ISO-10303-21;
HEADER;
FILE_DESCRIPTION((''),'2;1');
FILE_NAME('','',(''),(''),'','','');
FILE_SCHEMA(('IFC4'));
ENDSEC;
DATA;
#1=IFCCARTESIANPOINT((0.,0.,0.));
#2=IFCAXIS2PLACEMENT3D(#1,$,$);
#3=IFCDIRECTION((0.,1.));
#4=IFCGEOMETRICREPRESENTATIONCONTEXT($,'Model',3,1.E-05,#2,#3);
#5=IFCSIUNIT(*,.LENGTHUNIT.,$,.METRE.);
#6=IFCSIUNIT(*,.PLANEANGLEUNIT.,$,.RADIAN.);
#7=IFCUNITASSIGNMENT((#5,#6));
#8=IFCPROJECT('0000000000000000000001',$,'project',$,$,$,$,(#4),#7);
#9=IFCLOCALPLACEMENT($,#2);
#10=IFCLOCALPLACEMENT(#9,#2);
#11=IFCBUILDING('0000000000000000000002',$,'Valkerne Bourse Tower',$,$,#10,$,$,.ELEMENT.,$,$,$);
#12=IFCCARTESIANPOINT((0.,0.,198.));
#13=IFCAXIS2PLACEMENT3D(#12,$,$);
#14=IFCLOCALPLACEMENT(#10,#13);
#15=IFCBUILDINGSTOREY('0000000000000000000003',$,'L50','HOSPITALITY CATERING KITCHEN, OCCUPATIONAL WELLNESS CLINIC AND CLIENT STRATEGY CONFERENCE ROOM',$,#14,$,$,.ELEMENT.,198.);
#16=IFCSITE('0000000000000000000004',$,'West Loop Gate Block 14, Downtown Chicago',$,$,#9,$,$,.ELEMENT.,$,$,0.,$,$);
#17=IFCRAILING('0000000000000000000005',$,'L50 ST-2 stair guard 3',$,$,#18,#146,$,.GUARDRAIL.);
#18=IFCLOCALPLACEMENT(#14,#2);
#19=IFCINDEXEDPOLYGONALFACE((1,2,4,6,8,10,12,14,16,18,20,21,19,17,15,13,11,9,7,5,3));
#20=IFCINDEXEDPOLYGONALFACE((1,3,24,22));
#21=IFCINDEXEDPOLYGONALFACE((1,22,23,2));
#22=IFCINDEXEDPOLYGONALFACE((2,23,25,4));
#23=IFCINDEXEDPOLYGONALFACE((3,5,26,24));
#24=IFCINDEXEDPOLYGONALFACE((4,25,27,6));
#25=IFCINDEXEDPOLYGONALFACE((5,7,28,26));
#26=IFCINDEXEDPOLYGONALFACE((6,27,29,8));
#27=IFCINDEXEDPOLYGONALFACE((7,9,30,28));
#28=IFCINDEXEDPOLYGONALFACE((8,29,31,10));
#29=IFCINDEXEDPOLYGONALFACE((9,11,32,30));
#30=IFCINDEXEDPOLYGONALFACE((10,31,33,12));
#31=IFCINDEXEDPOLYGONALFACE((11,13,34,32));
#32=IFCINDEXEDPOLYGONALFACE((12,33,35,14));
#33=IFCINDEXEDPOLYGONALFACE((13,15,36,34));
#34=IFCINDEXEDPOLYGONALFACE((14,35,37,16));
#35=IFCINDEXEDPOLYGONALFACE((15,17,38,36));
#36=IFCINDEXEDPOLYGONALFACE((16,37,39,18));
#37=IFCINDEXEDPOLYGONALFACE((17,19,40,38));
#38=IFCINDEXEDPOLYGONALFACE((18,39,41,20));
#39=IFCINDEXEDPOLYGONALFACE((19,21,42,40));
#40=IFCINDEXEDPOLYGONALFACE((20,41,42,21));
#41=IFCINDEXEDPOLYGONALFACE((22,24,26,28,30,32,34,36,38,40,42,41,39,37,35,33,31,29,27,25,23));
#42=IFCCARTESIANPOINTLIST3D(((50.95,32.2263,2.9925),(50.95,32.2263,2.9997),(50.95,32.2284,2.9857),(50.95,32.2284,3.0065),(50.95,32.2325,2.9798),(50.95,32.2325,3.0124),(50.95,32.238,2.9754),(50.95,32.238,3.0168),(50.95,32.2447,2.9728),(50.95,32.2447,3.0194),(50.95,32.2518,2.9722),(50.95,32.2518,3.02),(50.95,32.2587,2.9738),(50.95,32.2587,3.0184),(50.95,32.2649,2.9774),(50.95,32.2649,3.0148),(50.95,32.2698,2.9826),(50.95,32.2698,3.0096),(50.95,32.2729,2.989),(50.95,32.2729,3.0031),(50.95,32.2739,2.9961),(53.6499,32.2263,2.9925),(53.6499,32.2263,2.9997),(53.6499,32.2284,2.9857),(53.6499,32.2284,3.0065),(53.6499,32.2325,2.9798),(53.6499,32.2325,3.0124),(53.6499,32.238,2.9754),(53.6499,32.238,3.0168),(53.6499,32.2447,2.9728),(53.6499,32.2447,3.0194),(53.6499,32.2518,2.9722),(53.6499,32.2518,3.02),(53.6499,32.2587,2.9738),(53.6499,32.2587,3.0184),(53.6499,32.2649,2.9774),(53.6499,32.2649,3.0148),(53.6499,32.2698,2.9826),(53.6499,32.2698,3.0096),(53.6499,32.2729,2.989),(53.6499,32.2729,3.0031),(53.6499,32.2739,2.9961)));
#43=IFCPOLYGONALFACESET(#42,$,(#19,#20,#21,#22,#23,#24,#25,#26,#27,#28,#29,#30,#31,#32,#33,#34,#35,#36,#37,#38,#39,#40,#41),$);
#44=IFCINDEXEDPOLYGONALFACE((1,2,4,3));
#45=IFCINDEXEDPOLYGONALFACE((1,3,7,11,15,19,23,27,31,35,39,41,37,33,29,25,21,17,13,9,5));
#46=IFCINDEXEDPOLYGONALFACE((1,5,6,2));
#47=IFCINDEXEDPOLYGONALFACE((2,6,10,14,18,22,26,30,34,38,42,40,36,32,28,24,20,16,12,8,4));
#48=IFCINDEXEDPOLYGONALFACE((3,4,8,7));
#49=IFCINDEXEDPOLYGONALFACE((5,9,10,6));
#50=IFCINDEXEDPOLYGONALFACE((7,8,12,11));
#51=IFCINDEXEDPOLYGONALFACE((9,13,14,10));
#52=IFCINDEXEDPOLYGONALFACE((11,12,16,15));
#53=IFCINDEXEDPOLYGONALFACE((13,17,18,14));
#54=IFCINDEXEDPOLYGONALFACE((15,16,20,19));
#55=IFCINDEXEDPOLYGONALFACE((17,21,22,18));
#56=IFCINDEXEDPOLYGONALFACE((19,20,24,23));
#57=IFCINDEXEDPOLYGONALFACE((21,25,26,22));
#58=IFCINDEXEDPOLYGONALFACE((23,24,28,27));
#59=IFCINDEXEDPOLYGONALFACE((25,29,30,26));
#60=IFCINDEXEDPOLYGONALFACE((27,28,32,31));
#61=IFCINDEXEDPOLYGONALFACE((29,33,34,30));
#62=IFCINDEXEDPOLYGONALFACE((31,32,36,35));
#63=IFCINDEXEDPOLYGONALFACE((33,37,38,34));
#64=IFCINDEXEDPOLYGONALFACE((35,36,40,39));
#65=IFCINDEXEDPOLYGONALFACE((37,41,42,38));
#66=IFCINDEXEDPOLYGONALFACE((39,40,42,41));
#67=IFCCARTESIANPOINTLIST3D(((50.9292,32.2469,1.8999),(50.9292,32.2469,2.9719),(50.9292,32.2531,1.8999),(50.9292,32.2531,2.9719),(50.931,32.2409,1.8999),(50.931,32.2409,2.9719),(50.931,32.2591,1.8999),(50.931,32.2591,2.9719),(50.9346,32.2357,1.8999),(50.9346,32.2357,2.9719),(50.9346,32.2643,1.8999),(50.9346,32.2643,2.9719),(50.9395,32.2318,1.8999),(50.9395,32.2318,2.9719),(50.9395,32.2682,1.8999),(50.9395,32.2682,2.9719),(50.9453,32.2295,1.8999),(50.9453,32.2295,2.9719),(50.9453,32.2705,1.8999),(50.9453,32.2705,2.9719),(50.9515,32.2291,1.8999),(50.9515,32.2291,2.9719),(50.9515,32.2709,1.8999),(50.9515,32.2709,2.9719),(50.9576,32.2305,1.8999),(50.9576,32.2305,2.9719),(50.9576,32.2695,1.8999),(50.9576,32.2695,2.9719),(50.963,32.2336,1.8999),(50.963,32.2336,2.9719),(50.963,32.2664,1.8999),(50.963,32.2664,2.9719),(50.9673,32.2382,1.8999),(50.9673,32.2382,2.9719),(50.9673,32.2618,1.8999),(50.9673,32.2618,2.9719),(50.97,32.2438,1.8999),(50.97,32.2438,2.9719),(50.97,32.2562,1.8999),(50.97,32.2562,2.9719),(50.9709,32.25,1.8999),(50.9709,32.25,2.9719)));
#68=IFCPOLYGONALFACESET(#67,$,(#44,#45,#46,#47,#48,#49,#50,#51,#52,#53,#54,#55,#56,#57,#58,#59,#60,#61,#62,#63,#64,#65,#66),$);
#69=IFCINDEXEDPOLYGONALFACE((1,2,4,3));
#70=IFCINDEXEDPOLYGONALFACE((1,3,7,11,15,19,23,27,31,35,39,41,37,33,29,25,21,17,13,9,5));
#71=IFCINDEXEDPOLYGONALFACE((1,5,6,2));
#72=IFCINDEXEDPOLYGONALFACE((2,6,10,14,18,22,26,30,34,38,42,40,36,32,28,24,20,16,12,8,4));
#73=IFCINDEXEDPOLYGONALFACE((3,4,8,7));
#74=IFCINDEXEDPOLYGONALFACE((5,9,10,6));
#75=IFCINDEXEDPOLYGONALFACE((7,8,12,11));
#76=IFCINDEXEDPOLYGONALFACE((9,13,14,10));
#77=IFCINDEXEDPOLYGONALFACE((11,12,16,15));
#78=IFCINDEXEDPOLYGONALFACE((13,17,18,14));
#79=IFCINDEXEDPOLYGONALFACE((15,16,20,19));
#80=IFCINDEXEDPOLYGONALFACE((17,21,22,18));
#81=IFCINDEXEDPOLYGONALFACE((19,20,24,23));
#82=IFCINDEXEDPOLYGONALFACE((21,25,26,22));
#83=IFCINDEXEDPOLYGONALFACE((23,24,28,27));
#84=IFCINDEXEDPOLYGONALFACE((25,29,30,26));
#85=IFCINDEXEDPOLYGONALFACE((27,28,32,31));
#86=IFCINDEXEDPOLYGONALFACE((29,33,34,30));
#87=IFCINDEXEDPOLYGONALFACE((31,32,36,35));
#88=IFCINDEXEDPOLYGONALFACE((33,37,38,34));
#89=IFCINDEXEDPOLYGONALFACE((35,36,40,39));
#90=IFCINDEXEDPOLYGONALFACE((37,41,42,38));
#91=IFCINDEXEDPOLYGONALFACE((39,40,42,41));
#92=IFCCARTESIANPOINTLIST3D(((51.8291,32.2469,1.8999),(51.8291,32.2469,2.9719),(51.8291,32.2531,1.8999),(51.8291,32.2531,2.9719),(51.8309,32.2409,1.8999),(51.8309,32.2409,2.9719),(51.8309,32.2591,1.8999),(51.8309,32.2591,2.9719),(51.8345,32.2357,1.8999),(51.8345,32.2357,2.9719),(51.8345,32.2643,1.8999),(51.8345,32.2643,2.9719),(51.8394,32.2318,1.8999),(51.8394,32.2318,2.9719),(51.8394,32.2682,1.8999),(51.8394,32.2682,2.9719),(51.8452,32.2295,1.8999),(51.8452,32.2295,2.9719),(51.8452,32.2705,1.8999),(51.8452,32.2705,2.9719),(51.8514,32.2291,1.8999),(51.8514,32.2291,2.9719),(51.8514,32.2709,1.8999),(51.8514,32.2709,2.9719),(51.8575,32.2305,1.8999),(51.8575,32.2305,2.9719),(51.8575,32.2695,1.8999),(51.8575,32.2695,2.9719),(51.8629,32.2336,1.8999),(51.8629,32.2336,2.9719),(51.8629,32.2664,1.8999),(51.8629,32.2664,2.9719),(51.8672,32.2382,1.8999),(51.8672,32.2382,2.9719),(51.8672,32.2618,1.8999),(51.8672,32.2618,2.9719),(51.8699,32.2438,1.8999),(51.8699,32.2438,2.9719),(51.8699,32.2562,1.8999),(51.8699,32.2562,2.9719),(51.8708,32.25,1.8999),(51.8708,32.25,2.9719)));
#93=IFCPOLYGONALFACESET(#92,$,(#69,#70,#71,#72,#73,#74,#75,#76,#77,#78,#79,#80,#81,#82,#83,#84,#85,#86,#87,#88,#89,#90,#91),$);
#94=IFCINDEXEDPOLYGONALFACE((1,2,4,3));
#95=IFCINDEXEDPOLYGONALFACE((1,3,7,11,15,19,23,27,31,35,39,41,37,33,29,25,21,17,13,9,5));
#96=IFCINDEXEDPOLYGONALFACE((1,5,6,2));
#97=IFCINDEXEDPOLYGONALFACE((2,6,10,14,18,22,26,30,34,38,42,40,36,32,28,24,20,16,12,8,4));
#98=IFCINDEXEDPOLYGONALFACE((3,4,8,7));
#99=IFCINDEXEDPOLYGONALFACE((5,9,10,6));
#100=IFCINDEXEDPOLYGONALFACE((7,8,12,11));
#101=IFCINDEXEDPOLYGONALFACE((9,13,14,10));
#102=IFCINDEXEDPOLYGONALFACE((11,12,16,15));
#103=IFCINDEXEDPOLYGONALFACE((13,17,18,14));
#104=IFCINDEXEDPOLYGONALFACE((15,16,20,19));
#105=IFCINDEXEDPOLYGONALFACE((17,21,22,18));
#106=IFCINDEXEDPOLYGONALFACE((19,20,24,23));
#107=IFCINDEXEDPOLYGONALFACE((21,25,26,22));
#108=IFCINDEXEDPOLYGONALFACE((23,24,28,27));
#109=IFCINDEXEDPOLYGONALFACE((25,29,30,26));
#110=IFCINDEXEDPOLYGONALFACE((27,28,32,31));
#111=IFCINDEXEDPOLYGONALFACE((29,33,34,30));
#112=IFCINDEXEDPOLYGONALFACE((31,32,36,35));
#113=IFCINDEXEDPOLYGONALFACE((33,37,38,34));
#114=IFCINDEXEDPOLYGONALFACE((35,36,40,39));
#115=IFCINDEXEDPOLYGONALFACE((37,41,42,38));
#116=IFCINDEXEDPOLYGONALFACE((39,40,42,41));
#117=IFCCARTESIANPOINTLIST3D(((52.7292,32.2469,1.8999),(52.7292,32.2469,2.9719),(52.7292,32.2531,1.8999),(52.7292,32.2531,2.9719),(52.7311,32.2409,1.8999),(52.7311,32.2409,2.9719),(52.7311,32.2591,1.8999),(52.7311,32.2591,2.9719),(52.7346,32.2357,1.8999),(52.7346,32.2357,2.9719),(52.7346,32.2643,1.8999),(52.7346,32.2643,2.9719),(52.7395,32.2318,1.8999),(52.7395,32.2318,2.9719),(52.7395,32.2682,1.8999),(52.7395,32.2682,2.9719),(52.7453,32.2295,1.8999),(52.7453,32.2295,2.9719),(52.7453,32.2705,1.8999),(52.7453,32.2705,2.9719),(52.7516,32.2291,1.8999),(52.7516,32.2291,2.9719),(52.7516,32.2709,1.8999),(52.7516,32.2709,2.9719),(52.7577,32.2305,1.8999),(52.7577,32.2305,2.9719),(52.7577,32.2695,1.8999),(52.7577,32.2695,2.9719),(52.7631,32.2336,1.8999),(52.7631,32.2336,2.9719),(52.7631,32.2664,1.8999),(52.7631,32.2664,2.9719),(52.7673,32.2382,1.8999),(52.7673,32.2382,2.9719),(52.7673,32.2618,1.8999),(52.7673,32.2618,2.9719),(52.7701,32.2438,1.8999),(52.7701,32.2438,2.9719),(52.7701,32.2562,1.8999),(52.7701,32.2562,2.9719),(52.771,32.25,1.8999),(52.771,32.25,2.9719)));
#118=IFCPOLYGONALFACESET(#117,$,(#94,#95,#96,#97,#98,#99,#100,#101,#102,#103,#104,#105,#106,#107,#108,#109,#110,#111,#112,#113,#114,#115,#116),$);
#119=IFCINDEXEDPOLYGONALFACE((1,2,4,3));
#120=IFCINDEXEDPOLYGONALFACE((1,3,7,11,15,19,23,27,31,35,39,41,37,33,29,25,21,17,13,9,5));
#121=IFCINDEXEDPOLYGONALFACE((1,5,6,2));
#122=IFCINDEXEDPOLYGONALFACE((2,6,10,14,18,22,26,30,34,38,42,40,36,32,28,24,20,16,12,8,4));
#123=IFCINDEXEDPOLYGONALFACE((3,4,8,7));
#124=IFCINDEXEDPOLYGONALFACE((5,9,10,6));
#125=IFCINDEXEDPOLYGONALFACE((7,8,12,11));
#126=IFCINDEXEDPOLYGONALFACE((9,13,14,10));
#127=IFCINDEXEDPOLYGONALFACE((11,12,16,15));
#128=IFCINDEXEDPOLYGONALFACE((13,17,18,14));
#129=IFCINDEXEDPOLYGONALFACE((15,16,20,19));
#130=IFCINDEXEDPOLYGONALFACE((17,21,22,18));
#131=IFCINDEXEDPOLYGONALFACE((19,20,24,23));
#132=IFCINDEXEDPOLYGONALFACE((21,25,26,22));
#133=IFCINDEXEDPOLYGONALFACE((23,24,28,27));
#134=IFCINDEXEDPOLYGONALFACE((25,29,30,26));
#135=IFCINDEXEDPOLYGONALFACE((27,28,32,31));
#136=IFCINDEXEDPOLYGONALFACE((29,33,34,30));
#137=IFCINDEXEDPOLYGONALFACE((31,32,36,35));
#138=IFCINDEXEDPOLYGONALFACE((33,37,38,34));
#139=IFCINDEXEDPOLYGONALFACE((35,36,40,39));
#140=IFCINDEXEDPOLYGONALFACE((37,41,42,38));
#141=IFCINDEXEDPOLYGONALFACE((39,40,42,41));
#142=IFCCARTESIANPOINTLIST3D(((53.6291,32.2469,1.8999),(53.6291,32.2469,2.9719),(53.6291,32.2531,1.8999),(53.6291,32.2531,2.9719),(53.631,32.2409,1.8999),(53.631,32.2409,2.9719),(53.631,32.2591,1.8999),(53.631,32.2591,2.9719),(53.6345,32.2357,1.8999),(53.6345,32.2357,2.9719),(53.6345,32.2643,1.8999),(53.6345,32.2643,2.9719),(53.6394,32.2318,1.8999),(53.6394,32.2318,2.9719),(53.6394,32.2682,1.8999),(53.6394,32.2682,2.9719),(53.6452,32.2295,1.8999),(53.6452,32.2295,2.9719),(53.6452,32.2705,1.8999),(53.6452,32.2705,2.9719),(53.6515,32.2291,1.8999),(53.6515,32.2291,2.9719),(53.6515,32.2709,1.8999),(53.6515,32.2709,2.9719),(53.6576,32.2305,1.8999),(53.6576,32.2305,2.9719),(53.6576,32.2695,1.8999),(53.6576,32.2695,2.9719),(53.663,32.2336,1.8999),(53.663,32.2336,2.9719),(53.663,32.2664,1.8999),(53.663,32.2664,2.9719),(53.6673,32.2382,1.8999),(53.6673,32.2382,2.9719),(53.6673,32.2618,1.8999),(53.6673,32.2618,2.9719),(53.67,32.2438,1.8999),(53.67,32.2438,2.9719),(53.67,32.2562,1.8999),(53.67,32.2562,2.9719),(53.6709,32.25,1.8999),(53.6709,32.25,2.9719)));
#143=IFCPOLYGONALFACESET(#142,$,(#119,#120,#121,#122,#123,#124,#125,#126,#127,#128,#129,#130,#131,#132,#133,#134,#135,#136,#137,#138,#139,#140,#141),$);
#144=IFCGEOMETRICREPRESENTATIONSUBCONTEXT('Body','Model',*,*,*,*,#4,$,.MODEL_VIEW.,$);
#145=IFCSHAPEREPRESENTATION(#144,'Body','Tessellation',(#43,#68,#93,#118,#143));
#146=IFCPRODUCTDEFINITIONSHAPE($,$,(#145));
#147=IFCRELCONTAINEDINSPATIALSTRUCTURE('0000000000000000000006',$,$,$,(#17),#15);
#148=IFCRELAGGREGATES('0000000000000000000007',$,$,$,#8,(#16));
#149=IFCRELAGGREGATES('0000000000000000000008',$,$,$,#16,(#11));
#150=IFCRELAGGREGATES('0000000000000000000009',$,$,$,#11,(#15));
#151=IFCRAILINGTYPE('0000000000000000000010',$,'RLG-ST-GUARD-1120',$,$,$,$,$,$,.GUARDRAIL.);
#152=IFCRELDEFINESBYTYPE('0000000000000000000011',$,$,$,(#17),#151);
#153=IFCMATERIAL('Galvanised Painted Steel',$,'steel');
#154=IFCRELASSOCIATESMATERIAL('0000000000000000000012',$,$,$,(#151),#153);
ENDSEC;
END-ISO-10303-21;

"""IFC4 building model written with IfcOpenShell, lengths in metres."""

from ifc_helpers import new_model, si_unit, direction, frame, origin, origin_2d, place, context, subcontext, project, spatial, circle, extrude, material, type_object, element, save


model = new_model("IFC4")

# Units and contexts
model_context = context("Model", 3, precision=1e-05, world=origin(), true_north=direction((0.0, 1.0)))
body_context = subcontext(model_context, "Body", "Model", "MODEL_VIEW")
ifc_project = project(units=[si_unit("LENGTHUNIT", "METRE"), si_unit("PLANEANGLEUNIT", "RADIAN")], contexts=[model_context])

# Site, building, storey
site_placement = place(None, origin())
site = spatial("IfcSite", under=ifc_project, at=site_placement, Name="West Loop Gate Block 14, Downtown Chicago", CompositionType="ELEMENT", RefElevation=0.0)
building_placement = place(site_placement, origin())
building = spatial("IfcBuilding", under=site, at=building_placement, Name="Valkerne Bourse Tower", CompositionType="ELEMENT")
storey_placement = place(building_placement, frame((0.0, 0.0, 198.0)))
storey = spatial("IfcBuildingStorey", under=building, at=storey_placement, Name="L50", Description="HOSPITALITY CATERING KITCHEN, OCCUPATIONAL WELLNESS CLINIC AND CLIENT STRATEGY CONFERENCE ROOM", CompositionType="ELEMENT", Elevation=198.0)

# Shared definitions
ifc_material_1 = material(Name="Galvanised Painted Steel", Category="steel")

# Railing
railing_type_1 = type_object("IfcRailingType", Name="RLG-ST-GUARD-1120", PredefinedType="GUARDRAIL", material=ifc_material_1)
railing_1_placement = place(storey_placement, frame((50.95, 32.25, 1.8999)))
element("IfcRailing", 1, at=railing_1_placement, inside=storey, type_object=railing_type_1, Name="L50 ST-2 stair guard 3", PredefinedType="GUARDRAIL", context=body_context, shape_type="SweptSolid", body=[
    extrude(circle(Radius=0.0239, at=origin_2d()), frame((0.0, 0.0, 1.0962), z_axis=(1.0, 0.0, 0.0), x_axis=(0.0, 1.0, 0.0)), (0.0, 0.0, 1.0), 2.7),
    extrude(circle(Radius=0.021, at=origin_2d()), origin(), (0.0, 0.0, 1.0), 1.072),
    extrude(circle(Radius=0.021, at=origin_2d()), frame((0.8999, 0.0, 0.0)), (0.0, 0.0, 1.0), 1.072),
    extrude(circle(Radius=0.021, at=origin_2d()), frame((1.8, 0.0, 0.0)), (0.0, 0.0, 1.0), 1.072),
    extrude(circle(Radius=0.021, at=origin_2d()), frame((2.7, 0.0, 0.0)), (0.0, 0.0, 1.0), 1.072),
])

save(model, "model.ifc")
